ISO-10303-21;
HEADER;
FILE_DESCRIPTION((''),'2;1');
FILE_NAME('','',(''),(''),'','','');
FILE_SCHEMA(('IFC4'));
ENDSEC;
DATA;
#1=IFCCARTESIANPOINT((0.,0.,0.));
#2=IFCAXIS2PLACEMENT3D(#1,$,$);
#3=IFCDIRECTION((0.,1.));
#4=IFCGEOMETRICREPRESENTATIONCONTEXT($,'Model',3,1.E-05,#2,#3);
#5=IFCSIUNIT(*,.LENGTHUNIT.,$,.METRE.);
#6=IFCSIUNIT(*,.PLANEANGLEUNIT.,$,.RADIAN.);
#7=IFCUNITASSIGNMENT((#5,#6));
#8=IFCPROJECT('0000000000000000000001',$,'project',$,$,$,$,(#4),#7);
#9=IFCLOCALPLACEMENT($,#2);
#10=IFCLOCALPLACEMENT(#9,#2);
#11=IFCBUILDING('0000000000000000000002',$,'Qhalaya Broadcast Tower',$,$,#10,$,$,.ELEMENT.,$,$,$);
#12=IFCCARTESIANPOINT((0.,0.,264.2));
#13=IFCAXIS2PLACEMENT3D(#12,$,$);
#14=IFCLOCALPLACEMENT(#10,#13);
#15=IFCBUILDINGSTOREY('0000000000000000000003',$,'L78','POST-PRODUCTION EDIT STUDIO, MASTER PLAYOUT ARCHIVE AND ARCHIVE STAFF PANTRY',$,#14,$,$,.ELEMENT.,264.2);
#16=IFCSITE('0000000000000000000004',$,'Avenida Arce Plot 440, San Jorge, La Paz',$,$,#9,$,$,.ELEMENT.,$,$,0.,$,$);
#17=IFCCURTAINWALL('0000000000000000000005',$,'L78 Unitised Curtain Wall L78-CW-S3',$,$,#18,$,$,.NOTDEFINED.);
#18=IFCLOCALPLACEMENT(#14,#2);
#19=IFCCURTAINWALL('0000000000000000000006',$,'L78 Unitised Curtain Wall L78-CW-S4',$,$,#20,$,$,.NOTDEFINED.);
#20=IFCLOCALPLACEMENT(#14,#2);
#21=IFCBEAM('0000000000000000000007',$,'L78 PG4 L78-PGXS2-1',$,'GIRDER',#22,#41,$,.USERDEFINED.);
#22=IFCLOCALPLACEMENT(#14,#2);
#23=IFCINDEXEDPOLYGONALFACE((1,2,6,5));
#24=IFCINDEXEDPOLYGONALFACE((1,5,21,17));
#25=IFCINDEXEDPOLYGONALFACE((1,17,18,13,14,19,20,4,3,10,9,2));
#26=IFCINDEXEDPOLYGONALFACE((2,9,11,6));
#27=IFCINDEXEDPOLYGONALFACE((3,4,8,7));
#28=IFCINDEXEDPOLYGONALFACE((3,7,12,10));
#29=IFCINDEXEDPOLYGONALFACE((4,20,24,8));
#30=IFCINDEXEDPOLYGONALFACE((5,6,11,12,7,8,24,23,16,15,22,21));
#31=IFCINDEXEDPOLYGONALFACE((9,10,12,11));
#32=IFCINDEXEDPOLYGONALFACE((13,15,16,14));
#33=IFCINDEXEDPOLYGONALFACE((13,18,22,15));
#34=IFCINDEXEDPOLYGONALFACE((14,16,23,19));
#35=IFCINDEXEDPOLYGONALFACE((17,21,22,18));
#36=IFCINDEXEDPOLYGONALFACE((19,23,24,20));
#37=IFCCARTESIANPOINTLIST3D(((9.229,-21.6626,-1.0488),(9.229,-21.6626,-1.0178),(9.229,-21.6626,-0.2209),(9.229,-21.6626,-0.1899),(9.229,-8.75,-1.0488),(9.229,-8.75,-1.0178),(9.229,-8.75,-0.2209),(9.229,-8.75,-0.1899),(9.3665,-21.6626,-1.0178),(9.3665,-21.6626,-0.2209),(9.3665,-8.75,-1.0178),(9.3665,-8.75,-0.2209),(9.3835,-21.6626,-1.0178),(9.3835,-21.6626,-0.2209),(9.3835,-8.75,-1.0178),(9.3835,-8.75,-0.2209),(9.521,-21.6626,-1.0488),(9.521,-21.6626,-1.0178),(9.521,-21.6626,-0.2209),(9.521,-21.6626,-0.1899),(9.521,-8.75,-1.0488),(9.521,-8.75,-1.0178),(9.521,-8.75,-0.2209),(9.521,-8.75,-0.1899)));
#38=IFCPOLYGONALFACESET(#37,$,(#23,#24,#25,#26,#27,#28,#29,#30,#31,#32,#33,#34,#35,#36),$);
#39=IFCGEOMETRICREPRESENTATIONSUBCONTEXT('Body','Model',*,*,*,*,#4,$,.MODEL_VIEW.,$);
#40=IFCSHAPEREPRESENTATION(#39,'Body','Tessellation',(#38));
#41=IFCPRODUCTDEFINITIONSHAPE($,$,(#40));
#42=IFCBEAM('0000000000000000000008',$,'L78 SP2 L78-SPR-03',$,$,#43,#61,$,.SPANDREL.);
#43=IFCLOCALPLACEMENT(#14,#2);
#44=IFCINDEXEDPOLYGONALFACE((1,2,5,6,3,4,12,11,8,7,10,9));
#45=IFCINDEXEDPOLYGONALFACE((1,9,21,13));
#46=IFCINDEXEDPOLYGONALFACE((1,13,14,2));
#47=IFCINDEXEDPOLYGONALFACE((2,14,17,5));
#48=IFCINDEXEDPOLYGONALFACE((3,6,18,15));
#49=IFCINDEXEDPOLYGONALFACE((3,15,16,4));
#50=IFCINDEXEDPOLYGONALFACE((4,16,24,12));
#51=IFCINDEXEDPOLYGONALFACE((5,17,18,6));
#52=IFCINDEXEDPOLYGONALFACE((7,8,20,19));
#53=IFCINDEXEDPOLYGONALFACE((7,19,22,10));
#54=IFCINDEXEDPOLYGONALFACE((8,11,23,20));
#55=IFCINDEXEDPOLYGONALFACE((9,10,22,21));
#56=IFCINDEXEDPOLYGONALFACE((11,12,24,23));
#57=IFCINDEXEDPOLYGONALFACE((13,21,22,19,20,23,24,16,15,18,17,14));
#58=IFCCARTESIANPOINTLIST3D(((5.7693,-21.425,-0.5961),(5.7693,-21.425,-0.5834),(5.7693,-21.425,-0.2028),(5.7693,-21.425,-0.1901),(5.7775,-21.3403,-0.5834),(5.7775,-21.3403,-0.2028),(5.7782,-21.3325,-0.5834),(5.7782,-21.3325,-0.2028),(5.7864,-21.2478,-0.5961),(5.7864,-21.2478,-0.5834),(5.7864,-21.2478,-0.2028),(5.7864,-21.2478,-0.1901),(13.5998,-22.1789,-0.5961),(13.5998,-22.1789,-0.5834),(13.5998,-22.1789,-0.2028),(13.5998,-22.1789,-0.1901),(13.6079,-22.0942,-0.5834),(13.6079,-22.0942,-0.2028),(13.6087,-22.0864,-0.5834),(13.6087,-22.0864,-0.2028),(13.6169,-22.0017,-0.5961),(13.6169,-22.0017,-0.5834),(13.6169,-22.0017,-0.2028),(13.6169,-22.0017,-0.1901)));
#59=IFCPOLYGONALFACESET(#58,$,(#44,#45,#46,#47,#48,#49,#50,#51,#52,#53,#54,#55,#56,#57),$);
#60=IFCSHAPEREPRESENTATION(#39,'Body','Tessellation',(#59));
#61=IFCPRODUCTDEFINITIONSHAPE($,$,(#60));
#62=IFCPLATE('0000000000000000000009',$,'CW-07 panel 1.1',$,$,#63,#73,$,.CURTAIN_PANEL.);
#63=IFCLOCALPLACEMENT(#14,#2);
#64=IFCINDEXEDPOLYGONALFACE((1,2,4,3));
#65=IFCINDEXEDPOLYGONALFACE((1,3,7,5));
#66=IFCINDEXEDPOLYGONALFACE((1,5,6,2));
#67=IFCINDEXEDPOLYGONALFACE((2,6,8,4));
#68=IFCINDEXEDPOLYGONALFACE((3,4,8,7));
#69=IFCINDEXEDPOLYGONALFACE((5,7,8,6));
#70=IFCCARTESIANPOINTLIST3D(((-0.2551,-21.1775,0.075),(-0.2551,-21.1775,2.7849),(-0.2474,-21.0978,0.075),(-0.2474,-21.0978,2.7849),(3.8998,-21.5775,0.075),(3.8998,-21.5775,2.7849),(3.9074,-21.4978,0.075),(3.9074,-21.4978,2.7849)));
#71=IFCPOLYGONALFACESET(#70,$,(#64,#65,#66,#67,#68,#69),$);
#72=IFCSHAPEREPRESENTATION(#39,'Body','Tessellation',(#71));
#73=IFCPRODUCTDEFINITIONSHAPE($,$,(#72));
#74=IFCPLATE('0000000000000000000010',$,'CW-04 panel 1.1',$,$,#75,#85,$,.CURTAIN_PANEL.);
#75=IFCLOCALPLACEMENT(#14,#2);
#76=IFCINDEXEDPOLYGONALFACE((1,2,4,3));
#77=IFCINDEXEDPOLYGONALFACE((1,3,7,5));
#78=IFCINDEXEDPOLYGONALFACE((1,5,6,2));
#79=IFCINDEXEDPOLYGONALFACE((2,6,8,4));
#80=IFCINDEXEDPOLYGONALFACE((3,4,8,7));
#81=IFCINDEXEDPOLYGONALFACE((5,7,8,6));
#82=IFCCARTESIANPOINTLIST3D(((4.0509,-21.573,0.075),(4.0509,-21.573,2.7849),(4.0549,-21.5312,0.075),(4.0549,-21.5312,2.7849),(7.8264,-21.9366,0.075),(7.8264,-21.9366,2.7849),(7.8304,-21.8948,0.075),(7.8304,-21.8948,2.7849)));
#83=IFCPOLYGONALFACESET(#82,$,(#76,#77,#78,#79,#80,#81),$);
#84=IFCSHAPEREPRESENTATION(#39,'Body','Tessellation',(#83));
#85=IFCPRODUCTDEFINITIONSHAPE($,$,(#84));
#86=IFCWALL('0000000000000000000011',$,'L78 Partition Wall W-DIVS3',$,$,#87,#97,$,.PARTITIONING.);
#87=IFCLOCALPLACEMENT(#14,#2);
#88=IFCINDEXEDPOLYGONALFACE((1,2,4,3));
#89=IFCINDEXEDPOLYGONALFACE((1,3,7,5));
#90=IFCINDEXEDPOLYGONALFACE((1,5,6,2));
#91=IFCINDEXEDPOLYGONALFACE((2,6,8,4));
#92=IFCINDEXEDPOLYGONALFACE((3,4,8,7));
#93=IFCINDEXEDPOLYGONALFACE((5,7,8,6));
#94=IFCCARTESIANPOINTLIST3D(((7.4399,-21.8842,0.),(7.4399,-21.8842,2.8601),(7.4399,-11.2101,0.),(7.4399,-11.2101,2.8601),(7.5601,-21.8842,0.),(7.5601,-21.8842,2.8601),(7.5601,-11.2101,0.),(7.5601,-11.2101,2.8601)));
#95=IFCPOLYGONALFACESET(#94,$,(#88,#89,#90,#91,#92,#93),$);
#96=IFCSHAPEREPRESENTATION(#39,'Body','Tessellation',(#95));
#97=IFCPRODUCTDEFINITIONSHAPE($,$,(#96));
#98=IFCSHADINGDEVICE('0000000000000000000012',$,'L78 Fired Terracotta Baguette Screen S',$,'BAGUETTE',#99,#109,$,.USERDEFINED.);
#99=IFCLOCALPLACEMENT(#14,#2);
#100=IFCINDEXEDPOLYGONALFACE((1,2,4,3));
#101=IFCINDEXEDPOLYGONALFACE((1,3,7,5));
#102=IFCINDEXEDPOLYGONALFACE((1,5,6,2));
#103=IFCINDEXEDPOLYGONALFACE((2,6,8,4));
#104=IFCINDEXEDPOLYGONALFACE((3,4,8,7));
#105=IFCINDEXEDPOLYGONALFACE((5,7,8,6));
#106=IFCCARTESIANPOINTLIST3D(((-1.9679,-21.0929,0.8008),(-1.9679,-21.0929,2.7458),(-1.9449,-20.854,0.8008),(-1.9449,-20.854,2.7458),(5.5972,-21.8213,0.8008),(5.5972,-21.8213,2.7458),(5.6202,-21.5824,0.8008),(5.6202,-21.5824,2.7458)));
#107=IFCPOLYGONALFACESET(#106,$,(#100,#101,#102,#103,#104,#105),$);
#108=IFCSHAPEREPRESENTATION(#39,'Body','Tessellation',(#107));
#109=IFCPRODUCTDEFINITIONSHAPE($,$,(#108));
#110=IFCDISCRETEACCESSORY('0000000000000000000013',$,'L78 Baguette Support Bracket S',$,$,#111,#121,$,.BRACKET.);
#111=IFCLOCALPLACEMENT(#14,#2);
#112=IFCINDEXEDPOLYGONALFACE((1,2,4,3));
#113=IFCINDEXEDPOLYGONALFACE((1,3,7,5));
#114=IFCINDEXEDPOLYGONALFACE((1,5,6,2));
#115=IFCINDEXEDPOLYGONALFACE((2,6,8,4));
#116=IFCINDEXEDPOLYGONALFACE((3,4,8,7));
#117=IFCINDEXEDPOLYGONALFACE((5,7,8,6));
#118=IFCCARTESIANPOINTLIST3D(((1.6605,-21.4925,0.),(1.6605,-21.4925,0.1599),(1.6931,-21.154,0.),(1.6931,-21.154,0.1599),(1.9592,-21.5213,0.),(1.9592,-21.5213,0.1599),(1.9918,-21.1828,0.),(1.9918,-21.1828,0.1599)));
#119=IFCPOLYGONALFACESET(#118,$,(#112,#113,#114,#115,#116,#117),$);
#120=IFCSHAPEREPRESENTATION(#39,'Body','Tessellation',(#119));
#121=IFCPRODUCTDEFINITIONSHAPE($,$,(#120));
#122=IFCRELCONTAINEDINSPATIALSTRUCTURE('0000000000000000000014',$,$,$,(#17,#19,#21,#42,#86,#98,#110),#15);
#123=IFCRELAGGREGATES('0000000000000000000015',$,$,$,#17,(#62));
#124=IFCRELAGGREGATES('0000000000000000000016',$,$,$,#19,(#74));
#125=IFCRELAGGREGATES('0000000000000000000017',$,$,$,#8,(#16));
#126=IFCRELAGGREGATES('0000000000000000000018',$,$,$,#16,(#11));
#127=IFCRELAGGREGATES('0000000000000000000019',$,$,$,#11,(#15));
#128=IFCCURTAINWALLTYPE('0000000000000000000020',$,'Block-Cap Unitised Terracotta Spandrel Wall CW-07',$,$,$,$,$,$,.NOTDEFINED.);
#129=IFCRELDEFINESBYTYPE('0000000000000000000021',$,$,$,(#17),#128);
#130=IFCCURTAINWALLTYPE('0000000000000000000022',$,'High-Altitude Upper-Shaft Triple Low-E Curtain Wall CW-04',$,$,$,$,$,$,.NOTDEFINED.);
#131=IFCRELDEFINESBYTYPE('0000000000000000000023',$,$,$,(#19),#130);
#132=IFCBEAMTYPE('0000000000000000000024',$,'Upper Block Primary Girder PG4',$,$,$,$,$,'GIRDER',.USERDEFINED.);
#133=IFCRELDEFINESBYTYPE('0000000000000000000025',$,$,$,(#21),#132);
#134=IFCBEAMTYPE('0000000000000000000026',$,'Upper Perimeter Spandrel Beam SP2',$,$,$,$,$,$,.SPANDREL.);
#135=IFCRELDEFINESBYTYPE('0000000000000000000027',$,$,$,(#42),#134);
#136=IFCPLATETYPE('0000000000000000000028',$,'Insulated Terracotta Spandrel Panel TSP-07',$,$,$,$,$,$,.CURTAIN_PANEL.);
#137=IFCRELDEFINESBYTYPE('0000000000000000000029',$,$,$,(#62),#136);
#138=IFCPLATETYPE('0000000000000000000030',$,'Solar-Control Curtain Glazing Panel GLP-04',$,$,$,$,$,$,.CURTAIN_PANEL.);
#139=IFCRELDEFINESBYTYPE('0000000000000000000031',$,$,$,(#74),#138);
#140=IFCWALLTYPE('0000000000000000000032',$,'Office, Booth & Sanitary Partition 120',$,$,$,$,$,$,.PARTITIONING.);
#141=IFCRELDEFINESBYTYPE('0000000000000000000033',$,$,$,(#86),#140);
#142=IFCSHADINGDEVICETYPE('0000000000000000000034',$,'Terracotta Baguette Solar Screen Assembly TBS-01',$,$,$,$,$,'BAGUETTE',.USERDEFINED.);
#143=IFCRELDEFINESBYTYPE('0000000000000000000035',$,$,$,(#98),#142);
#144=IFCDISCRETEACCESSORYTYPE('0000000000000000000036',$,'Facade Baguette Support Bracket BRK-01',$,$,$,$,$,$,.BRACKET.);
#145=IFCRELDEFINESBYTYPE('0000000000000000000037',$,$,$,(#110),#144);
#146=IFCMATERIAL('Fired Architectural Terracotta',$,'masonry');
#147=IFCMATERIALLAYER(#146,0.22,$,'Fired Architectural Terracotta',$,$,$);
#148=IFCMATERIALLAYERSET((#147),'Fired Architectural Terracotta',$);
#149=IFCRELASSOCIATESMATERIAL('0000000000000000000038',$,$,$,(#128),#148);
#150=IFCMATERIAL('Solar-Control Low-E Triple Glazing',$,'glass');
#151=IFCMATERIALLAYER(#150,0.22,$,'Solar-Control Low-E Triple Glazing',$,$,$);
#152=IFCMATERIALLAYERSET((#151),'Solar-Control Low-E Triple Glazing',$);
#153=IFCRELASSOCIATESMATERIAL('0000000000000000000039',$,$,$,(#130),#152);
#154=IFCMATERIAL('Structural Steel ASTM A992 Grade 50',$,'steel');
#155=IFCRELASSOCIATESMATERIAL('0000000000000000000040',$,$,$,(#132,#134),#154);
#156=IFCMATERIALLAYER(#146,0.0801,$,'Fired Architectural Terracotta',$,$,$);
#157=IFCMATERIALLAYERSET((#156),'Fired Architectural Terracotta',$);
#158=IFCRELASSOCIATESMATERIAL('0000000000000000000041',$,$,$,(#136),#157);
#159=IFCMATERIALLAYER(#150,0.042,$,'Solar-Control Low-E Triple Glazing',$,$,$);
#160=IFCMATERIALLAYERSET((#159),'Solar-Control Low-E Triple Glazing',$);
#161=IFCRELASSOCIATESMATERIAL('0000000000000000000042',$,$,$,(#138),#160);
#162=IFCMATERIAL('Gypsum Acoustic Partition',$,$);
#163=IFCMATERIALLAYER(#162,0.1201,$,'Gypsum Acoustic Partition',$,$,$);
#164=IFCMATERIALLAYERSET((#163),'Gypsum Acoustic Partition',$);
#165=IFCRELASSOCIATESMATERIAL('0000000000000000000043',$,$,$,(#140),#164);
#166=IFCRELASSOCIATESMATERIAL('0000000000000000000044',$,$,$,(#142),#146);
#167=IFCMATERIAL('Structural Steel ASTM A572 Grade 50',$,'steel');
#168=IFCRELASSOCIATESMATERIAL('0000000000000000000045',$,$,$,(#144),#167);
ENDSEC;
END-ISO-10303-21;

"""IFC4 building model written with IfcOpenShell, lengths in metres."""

from ifc_helpers import new_model, si_unit, direction, frame, frame_2d, origin, origin_2d, place, context, subcontext, project, spatial, rectangle, i_section, extrude, material, layer, layer_set, material_profile, profile_set, type_object, element, aggregate, save


model = new_model("IFC4")

# Units and contexts
model_context = context("Model", 3, precision=1e-05, world=origin(), true_north=direction((0.0, 1.0)))
body_context = subcontext(model_context, "Body", "Model", "MODEL_VIEW")
ifc_project = project(units=[si_unit("LENGTHUNIT", "METRE"), si_unit("PLANEANGLEUNIT", "RADIAN")], contexts=[model_context])

# Site, building, storey
site_placement = place(None, origin())
site = spatial("IfcSite", under=ifc_project, at=site_placement, Name="Avenida Arce Plot 440, San Jorge, La Paz", CompositionType="ELEMENT", RefElevation=0.0)
building_placement = place(site_placement, origin())
building = spatial("IfcBuilding", under=site, at=building_placement, Name="Qhalaya Broadcast Tower", CompositionType="ELEMENT")
storey_placement = place(building_placement, frame((0.0, 0.0, 264.2)))
storey = spatial("IfcBuildingStorey", under=building, at=storey_placement, Name="L78", Description="POST-PRODUCTION EDIT STUDIO, MASTER PLAYOUT ARCHIVE AND ARCHIVE STAFF PANTRY", CompositionType="ELEMENT", Elevation=264.2)

# Shared definitions
ifc_material_1 = material(Name="Structural Steel ASTM A572 Grade 50", Category="steel")

# Shared definitions
ifc_material_2 = material(Name="Structural Steel ASTM A992 Grade 50", Category="steel")

# Curtain wall
ifc_material_3 = material(Name="Fired Architectural Terracotta", Category="masonry")
ifc_layer_1 = layer(ifc_material_3, 0.22, Name="Fired Architectural Terracotta")
ifc_layer_set_1 = layer_set([ifc_layer_1], Name="Fired Architectural Terracotta")
curtain_wall_type_1 = type_object("IfcCurtainWallType", Name="Block-Cap Unitised Terracotta Spandrel Wall CW-07", PredefinedType="NOTDEFINED", material=ifc_layer_set_1)
curtain_wall_1_placement = place(storey_placement, origin())
curtain_wall_1 = element("IfcCurtainWall", 1, at=curtain_wall_1_placement, inside=storey, type_object=curtain_wall_type_1, Name="L78 Unitised Curtain Wall L78-CW-S3", PredefinedType="NOTDEFINED")

# Curtain wall
ifc_material_4 = material(Name="Solar-Control Low-E Triple Glazing", Category="glass")
ifc_layer_2 = layer(ifc_material_4, 0.22, Name="Solar-Control Low-E Triple Glazing")
ifc_layer_set_2 = layer_set([ifc_layer_2], Name="Solar-Control Low-E Triple Glazing")
curtain_wall_type_2 = type_object("IfcCurtainWallType", Name="High-Altitude Upper-Shaft Triple Low-E Curtain Wall CW-04", PredefinedType="NOTDEFINED", material=ifc_layer_set_2)
curtain_wall_2_placement = place(storey_placement, origin())
curtain_wall_2 = element("IfcCurtainWall", 2, at=curtain_wall_2_placement, inside=storey, type_object=curtain_wall_type_2, Name="L78 Unitised Curtain Wall L78-CW-S4", PredefinedType="NOTDEFINED")

# Beams
ifc_material_profile_1 = material_profile(ifc_material_2, i_section(OverallWidth=0.292, OverallDepth=0.8589, WebThickness=0.0171, FlangeThickness=0.031, at=origin_2d()), Name="W33X169")
ifc_profile_set_1 = profile_set([ifc_material_profile_1], Name="Structural Steel ASTM A992 Grade 50")
beam_type_1 = type_object("IfcBeamType", Name="Upper Block Primary Girder PG4", ElementType="GIRDER", PredefinedType="USERDEFINED", material=ifc_profile_set_1)
beam_1_placement = place(storey_placement, frame((9.375, -21.6626, -0.6194), z_axis=(0.0, 1.0, 0.0), x_axis=(-1.0, 0.0, 0.0)))
element("IfcBeam", 3, at=beam_1_placement, inside=storey, type_object=beam_type_1, Name="L78 PG4 L78-PGXS2-1", ObjectType="GIRDER", PredefinedType="USERDEFINED", context=body_context, shape_type="SweptSolid", body=[
    extrude(i_section(OverallWidth=0.292, OverallDepth=0.8589, WebThickness=0.0171, FlangeThickness=0.031, at=origin_2d()), origin(), (0.0, 0.0, 1.0), 12.9126),
])
ifc_material_profile_2 = material_profile(ifc_material_2, i_section(OverallWidth=0.178, OverallDepth=0.406, WebThickness=0.0078, FlangeThickness=0.0127, at=origin_2d()), Name="W16X40")
ifc_profile_set_2 = profile_set([ifc_material_profile_2], Name="Structural Steel ASTM A992 Grade 50")
beam_type_2 = type_object("IfcBeamType", Name="Upper Perimeter Spandrel Beam SP2", PredefinedType="SPANDREL", material=ifc_profile_set_2)
beam_2_placement = place(storey_placement, frame((5.7778, -21.3364, -0.3931), z_axis=(0.995397, -0.095834, 0.0), x_axis=(0.095834, 0.995397, 0.0)))
element("IfcBeam", 4, at=beam_2_placement, inside=storey, type_object=beam_type_2, Name="L78 SP2 L78-SPR-03", PredefinedType="SPANDREL", context=body_context, shape_type="SweptSolid", body=[
    extrude(i_section(OverallWidth=0.178, OverallDepth=0.406, WebThickness=0.0078, FlangeThickness=0.0127, at=origin_2d()), origin(), (0.0, 0.0, 1.0), 7.8667),
])

# Plates
ifc_layer_3 = layer(ifc_material_3, 0.0801, Name="Fired Architectural Terracotta")
ifc_layer_set_3 = layer_set([ifc_layer_3], Name="Fired Architectural Terracotta")
plate_type_1 = type_object("IfcPlateType", Name="Insulated Terracotta Spandrel Panel TSP-07", PredefinedType="CURTAIN_PANEL", material=ifc_layer_set_3)
plate_1_placement = place(storey_placement, frame((1.8262, -21.3376, 0.075), z_axis=(0.0, 0.0, 1.0), x_axis=(0.995397, -0.095837, 0.0)))
plate_1 = element("IfcPlate", 5, at=plate_1_placement, type_object=plate_type_1, Name="CW-07 panel 1.1", PredefinedType="CURTAIN_PANEL", context=body_context, shape_type="SweptSolid", body=[
    extrude(rectangle(XDim=4.1741, YDim=0.0801, at=origin_2d()), origin(), (0.0, 0.0, 1.0), 2.71),
])
aggregate(curtain_wall_1, [plate_1])
ifc_layer_4 = layer(ifc_material_4, 0.042, Name="Solar-Control Low-E Triple Glazing")
ifc_layer_set_4 = layer_set([ifc_layer_4], Name="Solar-Control Low-E Triple Glazing")
plate_type_2 = type_object("IfcPlateType", Name="Solar-Control Curtain Glazing Panel GLP-04", PredefinedType="CURTAIN_PANEL", material=ifc_layer_set_4)
plate_2_placement = place(storey_placement, frame((5.9407, -21.7339, 0.075), z_axis=(0.0, 0.0, 1.0), x_axis=(0.995394, -0.095865, 0.0)))
plate_2 = element("IfcPlate", 6, at=plate_2_placement, type_object=plate_type_2, Name="CW-04 panel 1.1", PredefinedType="CURTAIN_PANEL", context=body_context, shape_type="SweptSolid", body=[
    extrude(rectangle(XDim=3.793, YDim=0.042, at=origin_2d()), origin(), (0.0, 0.0, 1.0), 2.71),
])
aggregate(curtain_wall_2, [plate_2])

# Wall
ifc_material_5 = material(Name="Gypsum Acoustic Partition")
ifc_layer_5 = layer(ifc_material_5, 0.1201, Name="Gypsum Acoustic Partition")
ifc_layer_set_5 = layer_set([ifc_layer_5], Name="Gypsum Acoustic Partition")
wall_type = type_object("IfcWallType", Name="Office, Booth & Sanitary Partition 120", PredefinedType="PARTITIONING", material=ifc_layer_set_5)
wall_placement = place(storey_placement, frame((7.5, -21.884, 0.0), z_axis=(0.0, 0.0, 1.0), x_axis=(0.0, 1.0, 0.0)))
element("IfcWall", 7, at=wall_placement, inside=storey, type_object=wall_type, Name="L78 Partition Wall W-DIVS3", PredefinedType="PARTITIONING", context=body_context, shape_type="SweptSolid", body=[
    extrude(rectangle(XDim=10.6741, YDim=0.1201, at=frame_2d((5.3369, 0.0))), origin(), (0.0, 0.0, 1.0), 2.8601),
])

# Shading device
shading_device_type = type_object("IfcShadingDeviceType", Name="Terracotta Baguette Solar Screen Assembly TBS-01", ElementType="BAGUETTE", PredefinedType="USERDEFINED", material=ifc_material_3)
shading_device_placement = place(storey_placement, frame((1.8262, -21.3376, 0.8008), z_axis=(0.0, 0.0, 1.0), x_axis=(0.995396, -0.095846, 0.0)))
element("IfcShadingDevice", 8, at=shading_device_placement, inside=storey, type_object=shading_device_type, Name="L78 Fired Terracotta Baguette Screen S", ObjectType="BAGUETTE", PredefinedType="USERDEFINED", context=body_context, shape_type="SweptSolid", body=[
    extrude(rectangle(XDim=7.6001, YDim=0.24, at=origin_2d()), origin(), (0.0, 0.0, 1.0), 1.9451),
])

# Discrete accessory
discrete_accessory_type = type_object("IfcDiscreteAccessoryType", Name="Facade Baguette Support Bracket BRK-01", PredefinedType="BRACKET", material=ifc_material_1)
discrete_accessory_placement = place(storey_placement, frame((1.8262, -21.3376, 0.0), z_axis=(0.0, 0.0, 1.0), x_axis=(0.995396, -0.095846, 0.0)))
element("IfcDiscreteAccessory", 9, at=discrete_accessory_placement, inside=storey, type_object=discrete_accessory_type, Name="L78 Baguette Support Bracket S", PredefinedType="BRACKET", context=body_context, shape_type="SweptSolid", body=[
    extrude(rectangle(XDim=0.3, YDim=0.3401, at=origin_2d()), origin(), (0.0, 0.0, 1.0), 0.1599),
])

save(model, "model.ifc")
